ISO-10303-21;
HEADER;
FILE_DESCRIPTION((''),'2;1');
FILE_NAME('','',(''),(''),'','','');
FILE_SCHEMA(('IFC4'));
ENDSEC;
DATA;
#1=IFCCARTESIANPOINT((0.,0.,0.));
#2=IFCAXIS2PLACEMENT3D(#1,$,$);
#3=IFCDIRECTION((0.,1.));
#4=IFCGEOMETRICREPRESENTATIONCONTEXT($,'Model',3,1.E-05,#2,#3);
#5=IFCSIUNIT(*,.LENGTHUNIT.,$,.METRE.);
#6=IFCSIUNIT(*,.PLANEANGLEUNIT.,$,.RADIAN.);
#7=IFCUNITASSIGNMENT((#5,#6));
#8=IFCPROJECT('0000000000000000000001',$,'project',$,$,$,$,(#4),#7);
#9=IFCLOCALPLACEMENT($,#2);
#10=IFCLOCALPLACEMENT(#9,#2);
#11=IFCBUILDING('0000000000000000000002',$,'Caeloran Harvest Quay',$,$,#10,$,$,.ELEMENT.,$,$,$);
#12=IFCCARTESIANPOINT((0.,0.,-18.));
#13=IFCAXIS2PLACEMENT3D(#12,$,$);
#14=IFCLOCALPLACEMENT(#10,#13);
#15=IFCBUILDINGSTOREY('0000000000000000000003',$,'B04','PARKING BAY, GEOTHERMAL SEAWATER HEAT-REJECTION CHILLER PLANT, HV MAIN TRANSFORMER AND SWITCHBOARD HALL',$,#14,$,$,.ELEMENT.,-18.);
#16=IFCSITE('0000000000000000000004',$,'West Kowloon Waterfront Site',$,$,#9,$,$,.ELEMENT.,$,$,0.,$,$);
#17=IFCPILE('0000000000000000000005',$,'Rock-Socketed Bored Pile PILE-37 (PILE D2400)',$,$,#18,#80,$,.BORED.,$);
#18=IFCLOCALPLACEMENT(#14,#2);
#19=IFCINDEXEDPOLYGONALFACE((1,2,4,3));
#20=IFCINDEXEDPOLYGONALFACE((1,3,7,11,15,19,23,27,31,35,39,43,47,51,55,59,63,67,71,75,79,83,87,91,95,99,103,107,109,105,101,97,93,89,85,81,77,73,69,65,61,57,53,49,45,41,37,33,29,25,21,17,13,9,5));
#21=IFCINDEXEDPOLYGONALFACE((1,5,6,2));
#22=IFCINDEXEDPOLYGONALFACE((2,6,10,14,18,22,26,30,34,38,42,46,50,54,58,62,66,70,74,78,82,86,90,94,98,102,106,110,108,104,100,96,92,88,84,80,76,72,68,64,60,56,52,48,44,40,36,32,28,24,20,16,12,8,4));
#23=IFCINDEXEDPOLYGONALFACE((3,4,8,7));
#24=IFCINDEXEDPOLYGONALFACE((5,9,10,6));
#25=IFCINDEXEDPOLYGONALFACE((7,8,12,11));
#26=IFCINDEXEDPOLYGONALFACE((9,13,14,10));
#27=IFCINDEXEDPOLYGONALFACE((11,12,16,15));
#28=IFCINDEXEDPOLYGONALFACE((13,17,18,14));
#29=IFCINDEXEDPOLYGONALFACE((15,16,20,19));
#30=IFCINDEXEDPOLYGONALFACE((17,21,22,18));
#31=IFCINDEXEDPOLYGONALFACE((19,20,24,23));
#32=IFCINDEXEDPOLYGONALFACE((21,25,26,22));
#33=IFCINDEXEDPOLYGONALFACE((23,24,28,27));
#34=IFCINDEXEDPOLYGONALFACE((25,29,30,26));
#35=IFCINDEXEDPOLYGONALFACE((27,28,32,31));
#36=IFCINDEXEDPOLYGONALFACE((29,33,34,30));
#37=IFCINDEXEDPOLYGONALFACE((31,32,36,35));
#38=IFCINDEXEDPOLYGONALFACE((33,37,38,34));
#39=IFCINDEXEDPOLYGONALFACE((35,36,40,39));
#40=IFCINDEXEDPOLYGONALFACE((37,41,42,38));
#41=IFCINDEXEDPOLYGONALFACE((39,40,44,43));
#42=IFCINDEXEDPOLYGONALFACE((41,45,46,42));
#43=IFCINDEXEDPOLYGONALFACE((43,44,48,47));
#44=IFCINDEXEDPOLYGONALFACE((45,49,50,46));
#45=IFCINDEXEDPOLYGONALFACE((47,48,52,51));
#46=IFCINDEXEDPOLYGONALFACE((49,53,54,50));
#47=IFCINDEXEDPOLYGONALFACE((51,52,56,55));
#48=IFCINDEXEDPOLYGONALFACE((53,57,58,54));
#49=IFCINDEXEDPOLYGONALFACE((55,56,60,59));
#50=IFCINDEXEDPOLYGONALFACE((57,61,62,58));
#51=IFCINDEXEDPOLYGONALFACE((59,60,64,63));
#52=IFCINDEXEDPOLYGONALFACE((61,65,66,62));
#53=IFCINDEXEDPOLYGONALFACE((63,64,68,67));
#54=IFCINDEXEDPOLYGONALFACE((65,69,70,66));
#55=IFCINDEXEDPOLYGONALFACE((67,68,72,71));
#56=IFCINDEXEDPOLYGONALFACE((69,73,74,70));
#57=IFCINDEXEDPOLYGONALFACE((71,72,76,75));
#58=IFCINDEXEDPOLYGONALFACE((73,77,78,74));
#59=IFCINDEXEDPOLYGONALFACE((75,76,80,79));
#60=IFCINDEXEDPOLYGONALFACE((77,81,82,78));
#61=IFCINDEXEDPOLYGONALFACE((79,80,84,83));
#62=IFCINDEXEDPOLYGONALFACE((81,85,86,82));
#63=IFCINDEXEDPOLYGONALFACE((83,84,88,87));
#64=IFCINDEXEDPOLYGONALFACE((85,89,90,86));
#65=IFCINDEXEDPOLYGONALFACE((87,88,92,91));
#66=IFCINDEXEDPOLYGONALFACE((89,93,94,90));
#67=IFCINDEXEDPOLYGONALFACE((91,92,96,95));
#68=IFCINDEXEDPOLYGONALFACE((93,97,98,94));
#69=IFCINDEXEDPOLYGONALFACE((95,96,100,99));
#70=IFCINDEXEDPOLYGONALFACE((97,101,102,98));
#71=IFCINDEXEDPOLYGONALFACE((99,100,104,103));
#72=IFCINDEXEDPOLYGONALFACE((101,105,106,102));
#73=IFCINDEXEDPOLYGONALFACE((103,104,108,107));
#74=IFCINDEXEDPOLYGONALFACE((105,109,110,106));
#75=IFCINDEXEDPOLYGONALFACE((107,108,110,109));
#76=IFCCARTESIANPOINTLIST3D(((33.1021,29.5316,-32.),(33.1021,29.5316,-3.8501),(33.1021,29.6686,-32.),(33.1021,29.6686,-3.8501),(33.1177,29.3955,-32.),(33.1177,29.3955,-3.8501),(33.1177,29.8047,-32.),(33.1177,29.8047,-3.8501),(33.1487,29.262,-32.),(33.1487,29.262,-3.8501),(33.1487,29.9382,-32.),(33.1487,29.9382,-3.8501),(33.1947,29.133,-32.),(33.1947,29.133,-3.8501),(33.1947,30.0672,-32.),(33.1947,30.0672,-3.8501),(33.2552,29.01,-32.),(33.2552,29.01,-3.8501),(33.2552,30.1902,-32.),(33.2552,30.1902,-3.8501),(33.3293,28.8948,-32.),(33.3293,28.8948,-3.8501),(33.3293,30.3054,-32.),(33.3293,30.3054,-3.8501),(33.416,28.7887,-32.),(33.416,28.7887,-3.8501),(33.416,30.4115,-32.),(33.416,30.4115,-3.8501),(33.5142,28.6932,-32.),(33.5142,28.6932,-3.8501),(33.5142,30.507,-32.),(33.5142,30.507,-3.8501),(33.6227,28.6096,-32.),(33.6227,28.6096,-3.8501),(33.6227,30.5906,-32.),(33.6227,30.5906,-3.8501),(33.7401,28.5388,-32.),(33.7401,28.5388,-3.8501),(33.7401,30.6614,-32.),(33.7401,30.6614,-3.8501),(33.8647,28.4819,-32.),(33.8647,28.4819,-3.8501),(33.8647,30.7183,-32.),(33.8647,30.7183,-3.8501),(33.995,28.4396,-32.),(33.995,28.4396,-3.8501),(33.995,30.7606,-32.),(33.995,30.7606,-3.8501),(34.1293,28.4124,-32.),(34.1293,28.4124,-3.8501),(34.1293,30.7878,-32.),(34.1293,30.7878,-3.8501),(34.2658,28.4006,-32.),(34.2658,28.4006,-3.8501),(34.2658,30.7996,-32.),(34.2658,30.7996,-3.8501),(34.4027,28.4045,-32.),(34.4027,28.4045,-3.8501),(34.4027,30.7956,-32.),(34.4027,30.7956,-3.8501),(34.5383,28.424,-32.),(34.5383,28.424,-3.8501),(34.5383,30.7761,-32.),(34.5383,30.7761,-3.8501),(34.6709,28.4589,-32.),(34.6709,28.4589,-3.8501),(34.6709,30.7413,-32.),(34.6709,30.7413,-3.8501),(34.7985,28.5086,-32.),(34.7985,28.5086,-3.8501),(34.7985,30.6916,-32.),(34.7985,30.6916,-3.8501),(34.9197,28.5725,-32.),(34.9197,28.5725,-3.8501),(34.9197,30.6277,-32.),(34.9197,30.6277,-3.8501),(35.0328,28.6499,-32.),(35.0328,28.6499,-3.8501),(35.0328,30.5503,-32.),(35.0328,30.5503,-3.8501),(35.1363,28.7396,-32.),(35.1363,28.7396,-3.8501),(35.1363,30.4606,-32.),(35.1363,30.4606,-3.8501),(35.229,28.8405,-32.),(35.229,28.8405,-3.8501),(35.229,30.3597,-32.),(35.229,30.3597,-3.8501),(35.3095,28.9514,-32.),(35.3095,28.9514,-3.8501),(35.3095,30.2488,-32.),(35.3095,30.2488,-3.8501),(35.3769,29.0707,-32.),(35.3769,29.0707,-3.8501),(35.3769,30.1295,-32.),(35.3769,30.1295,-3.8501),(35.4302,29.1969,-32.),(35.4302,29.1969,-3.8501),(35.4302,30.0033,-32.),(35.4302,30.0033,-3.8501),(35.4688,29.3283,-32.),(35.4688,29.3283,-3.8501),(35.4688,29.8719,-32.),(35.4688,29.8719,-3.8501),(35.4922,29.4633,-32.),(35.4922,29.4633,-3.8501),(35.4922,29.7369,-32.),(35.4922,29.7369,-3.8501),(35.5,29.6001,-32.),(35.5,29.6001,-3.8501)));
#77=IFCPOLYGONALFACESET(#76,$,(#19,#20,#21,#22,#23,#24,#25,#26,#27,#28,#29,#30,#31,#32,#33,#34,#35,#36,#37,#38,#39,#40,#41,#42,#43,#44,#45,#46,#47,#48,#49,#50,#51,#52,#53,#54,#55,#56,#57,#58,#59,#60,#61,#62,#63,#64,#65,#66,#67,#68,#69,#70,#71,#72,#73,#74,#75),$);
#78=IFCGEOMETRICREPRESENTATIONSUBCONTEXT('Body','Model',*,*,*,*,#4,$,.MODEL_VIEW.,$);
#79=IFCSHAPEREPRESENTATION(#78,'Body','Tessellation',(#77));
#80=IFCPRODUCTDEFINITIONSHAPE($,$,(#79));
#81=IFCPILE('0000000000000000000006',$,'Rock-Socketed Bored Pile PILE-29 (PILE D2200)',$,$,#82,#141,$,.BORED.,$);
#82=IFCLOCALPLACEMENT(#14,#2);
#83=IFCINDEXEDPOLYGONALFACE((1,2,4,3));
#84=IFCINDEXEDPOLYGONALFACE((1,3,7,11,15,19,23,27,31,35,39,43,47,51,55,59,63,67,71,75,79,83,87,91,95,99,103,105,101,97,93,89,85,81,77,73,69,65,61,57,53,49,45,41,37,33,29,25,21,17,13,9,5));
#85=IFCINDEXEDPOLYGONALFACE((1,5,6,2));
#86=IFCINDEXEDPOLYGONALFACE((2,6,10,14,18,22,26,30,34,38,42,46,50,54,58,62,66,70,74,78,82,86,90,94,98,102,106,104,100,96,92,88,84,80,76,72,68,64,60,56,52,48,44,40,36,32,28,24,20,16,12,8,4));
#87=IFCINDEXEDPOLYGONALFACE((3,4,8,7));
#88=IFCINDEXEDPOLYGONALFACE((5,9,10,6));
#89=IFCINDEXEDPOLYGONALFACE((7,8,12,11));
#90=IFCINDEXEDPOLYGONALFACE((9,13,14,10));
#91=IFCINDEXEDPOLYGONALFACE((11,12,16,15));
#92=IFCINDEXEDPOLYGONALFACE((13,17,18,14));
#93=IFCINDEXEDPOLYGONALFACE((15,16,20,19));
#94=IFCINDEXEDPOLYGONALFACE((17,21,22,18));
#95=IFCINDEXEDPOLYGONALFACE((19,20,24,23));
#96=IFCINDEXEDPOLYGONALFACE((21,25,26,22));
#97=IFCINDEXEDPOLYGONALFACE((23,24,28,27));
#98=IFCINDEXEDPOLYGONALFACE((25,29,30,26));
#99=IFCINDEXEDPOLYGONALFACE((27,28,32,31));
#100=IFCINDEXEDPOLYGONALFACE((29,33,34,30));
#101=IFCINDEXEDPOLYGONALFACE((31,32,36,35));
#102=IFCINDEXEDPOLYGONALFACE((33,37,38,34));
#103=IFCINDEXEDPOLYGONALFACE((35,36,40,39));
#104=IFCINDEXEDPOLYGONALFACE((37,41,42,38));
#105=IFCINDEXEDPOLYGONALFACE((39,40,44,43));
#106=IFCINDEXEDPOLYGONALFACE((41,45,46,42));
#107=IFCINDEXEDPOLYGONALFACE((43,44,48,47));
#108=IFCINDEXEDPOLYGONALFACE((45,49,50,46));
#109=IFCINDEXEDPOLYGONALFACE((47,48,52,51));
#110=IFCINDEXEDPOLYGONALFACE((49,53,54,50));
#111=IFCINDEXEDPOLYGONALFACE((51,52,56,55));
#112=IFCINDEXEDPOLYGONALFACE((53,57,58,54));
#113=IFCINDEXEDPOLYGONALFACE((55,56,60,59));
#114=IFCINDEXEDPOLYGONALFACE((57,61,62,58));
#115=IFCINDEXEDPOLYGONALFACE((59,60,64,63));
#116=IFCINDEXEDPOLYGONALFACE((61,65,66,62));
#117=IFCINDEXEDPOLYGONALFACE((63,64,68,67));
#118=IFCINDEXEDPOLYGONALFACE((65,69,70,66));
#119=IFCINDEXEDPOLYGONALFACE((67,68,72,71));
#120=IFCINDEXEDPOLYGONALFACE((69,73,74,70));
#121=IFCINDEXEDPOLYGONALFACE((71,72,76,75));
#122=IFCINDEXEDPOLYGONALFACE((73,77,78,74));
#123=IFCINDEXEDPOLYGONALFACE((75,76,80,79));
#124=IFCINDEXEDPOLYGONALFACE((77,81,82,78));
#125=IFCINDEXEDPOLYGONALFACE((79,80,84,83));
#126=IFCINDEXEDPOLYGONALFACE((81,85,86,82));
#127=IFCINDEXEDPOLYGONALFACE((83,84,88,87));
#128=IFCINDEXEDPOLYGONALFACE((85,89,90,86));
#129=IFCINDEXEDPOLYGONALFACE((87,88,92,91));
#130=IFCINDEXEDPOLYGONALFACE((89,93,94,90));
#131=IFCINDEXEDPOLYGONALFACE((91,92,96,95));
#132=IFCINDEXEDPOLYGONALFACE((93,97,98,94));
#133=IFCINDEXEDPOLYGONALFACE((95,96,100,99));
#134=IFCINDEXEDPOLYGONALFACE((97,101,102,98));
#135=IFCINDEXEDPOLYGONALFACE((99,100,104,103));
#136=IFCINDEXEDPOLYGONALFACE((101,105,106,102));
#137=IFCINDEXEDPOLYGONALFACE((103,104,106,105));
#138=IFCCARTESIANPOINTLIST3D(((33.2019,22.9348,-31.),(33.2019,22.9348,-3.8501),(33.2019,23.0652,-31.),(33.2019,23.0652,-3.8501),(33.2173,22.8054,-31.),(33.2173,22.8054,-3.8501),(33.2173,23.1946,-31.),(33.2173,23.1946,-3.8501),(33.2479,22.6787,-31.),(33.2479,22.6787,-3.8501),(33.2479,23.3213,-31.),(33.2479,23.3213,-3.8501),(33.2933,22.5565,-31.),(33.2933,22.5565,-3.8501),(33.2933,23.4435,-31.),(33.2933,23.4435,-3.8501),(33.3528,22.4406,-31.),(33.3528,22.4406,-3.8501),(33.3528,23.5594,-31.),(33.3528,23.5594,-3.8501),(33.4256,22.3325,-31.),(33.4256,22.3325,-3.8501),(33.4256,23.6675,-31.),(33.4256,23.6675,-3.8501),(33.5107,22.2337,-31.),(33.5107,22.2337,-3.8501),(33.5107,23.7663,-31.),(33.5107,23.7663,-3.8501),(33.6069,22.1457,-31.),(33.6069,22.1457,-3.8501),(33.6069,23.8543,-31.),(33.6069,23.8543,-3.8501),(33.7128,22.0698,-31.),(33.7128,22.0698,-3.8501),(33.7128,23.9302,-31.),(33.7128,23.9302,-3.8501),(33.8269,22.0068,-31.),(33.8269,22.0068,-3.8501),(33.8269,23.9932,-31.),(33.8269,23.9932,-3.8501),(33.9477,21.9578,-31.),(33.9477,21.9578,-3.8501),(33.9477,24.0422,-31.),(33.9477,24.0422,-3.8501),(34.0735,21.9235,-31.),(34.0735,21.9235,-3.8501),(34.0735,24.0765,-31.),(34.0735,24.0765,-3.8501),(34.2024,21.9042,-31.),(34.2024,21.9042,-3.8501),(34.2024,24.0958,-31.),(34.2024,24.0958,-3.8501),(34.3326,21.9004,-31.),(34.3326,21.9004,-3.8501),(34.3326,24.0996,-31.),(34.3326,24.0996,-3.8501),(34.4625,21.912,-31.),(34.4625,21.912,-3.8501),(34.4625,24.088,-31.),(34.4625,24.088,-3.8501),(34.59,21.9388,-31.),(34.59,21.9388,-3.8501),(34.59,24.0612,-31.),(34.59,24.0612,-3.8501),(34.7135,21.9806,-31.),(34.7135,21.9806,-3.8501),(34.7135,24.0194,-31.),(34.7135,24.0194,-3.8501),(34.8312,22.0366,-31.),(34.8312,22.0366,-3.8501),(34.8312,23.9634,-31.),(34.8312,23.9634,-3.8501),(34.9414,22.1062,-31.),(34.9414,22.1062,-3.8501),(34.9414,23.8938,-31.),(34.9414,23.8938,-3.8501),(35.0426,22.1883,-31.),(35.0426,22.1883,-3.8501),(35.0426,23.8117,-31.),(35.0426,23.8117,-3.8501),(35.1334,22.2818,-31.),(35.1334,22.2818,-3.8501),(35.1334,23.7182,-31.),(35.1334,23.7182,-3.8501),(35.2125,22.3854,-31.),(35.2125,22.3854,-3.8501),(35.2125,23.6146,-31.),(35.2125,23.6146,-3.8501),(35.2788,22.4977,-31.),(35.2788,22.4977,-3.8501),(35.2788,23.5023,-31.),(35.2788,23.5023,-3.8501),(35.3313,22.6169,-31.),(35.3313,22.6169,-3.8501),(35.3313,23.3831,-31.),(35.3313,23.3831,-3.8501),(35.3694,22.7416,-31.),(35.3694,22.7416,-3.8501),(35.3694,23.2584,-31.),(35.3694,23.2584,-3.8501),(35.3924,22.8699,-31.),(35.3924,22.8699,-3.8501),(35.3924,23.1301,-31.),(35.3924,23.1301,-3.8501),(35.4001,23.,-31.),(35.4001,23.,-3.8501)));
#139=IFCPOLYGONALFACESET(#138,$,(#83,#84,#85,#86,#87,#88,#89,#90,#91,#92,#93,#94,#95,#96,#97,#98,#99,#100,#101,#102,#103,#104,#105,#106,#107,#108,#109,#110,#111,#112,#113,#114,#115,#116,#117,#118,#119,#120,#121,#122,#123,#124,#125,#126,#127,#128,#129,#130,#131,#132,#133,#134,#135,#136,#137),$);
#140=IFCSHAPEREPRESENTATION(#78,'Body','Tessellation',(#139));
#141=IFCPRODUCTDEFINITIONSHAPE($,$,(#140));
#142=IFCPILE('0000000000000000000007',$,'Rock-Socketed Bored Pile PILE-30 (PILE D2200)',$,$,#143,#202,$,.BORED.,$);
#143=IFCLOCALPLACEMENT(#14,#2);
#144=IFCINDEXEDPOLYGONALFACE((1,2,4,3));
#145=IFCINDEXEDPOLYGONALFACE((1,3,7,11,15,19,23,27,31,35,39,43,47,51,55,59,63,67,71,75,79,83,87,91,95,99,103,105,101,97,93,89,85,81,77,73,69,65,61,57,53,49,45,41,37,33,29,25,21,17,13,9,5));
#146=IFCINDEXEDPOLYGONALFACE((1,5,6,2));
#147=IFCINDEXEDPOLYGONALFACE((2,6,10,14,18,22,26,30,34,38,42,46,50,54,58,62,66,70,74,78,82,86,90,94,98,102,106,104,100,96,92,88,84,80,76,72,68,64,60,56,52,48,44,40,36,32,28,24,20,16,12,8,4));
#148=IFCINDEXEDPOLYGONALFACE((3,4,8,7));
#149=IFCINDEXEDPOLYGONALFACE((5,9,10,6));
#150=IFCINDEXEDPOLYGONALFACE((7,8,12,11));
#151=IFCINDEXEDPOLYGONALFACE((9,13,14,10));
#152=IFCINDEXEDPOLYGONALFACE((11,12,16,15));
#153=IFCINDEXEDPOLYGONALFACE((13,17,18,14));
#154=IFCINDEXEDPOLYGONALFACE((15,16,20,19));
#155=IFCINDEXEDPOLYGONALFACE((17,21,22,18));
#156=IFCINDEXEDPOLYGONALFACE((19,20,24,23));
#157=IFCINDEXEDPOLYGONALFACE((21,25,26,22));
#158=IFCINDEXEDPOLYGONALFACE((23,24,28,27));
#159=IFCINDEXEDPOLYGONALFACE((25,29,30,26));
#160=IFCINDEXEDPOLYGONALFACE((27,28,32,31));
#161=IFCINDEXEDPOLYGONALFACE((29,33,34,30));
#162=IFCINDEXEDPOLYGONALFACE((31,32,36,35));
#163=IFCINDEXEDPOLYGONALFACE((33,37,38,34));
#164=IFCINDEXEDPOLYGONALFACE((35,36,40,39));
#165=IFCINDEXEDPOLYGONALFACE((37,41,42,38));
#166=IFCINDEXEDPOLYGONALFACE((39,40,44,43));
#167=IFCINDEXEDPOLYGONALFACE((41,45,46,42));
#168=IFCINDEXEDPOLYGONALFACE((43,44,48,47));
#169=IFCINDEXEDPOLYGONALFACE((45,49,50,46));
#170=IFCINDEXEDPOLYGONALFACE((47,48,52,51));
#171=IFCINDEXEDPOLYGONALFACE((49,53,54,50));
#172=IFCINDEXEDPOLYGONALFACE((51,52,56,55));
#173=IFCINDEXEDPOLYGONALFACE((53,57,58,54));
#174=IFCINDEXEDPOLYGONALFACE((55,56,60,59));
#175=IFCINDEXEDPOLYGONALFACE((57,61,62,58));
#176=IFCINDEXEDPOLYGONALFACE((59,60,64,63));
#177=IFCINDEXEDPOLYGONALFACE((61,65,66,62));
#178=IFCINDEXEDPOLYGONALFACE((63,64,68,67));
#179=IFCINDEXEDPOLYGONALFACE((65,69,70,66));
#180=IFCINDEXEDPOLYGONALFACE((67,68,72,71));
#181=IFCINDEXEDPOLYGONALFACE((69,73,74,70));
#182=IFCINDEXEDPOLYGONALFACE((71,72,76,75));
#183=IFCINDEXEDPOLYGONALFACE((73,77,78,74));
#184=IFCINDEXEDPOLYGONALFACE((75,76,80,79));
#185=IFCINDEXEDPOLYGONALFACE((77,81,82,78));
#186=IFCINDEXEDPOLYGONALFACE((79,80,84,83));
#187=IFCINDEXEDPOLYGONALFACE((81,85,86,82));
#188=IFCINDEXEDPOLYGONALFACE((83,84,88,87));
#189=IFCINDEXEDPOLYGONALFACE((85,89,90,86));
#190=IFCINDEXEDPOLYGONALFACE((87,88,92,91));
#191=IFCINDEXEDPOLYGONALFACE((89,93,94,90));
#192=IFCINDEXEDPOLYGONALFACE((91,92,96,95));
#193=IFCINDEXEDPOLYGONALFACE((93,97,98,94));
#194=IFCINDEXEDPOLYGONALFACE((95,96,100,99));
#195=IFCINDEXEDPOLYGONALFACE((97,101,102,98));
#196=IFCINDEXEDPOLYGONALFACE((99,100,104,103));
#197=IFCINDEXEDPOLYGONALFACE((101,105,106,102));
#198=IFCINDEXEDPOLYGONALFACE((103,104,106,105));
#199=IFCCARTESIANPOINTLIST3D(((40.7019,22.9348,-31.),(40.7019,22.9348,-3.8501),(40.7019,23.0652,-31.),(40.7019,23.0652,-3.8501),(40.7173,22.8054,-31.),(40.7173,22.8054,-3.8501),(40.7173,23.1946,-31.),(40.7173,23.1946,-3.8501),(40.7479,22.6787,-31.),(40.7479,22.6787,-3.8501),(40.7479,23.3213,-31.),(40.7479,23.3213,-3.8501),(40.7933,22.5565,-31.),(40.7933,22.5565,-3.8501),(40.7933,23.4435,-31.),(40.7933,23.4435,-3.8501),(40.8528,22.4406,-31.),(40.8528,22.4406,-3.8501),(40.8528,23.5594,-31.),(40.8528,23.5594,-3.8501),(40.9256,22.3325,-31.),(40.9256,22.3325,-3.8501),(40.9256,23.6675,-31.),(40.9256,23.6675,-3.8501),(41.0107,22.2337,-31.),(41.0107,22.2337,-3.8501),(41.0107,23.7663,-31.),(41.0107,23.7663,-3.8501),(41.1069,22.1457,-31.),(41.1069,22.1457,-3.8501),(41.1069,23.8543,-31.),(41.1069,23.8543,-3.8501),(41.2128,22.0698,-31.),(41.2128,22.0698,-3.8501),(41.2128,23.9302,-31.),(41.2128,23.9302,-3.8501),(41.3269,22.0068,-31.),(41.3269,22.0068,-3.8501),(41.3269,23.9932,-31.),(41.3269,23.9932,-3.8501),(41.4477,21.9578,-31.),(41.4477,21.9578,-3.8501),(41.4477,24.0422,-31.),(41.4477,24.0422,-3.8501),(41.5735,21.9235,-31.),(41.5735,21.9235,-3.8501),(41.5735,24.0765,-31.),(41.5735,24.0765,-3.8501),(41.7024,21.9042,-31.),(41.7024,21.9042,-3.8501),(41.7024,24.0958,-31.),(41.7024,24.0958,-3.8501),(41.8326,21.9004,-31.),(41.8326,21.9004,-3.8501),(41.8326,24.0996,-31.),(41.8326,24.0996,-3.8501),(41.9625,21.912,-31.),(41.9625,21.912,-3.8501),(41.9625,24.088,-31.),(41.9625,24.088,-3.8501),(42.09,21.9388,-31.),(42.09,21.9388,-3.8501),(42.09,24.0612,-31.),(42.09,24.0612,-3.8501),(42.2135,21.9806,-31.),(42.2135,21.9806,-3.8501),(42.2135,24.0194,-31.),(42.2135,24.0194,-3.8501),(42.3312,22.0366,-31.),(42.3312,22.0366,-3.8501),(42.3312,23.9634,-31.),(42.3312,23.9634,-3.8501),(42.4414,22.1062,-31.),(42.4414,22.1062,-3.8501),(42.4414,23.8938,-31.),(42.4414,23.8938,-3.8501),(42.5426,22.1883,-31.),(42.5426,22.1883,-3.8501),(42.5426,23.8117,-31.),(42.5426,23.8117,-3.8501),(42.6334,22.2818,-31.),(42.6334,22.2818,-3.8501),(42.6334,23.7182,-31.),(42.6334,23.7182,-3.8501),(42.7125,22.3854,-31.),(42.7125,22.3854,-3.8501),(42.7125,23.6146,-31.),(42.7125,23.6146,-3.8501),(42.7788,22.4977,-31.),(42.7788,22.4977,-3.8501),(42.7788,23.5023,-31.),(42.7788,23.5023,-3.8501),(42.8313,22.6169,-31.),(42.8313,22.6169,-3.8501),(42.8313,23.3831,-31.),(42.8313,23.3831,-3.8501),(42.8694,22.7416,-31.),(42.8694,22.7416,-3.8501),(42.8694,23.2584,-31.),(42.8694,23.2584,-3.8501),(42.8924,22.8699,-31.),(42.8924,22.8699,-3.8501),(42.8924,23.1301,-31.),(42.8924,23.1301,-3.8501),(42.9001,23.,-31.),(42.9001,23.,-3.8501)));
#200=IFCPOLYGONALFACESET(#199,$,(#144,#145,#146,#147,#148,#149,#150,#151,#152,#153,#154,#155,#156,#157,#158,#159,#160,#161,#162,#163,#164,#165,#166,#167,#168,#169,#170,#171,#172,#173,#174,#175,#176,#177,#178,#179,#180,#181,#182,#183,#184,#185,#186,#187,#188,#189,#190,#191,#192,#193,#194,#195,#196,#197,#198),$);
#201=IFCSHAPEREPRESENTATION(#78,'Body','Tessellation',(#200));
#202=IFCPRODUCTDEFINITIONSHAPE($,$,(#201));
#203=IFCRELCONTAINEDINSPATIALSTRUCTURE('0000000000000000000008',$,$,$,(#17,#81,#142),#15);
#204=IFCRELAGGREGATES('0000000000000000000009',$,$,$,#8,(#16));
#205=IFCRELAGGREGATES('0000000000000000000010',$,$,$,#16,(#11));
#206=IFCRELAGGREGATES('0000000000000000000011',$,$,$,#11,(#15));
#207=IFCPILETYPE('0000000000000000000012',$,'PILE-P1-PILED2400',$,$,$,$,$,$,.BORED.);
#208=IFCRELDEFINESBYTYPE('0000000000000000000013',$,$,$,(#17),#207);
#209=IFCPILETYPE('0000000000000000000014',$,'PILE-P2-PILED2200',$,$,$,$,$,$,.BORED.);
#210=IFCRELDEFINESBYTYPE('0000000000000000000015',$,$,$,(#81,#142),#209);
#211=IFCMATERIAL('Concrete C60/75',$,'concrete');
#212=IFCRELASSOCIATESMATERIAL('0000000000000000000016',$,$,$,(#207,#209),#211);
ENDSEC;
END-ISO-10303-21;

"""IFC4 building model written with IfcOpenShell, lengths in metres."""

from ifc_helpers import new_model, si_unit, direction, frame, origin, origin_2d, place, context, subcontext, project, spatial, circle, extrude, material, material_profile, profile_set, type_object, element, save


model = new_model("IFC4")

# Units and contexts
model_context = context("Model", 3, precision=1e-05, world=origin(), true_north=direction((0.0, 1.0)))
body_context = subcontext(model_context, "Body", "Model", "MODEL_VIEW")
ifc_project = project(units=[si_unit("LENGTHUNIT", "METRE"), si_unit("PLANEANGLEUNIT", "RADIAN")], contexts=[model_context])

# Site, building, storey
site_placement = place(None, origin())
site = spatial("IfcSite", under=ifc_project, at=site_placement, Name="West Kowloon Waterfront Site", CompositionType="ELEMENT", RefElevation=0.0)
building_placement = place(site_placement, origin())
building = spatial("IfcBuilding", under=site, at=building_placement, Name="Caeloran Harvest Quay", CompositionType="ELEMENT")
storey_placement = place(building_placement, frame((0.0, 0.0, -18.0)))
storey = spatial("IfcBuildingStorey", under=building, at=storey_placement, Name="B04", Description="PARKING BAY, GEOTHERMAL SEAWATER HEAT-REJECTION CHILLER PLANT, HV MAIN TRANSFORMER AND SWITCHBOARD HALL", CompositionType="ELEMENT", Elevation=-18.0)

# Piles
ifc_material_1 = material(Name="Concrete C60/75", Category="concrete")
ifc_material_profile_1 = material_profile(ifc_material_1, circle(Radius=1.2, at=origin_2d()), Name="PILE D2400")
ifc_profile_set_1 = profile_set([ifc_material_profile_1], Name="Concrete C60/75")
pile_type_1 = type_object("IfcPileType", Name="PILE-P1-PILED2400", PredefinedType="BORED", material=ifc_profile_set_1)
pile_placement = place(storey_placement, frame((34.3, 29.6001, -3.8501), z_axis=(0.0, 0.0, -1.0), x_axis=(1.0, 0.0, 0.0)))
element("IfcPile", 1, at=pile_placement, inside=storey, type_object=pile_type_1, Name="Rock-Socketed Bored Pile PILE-37 (PILE D2400)", PredefinedType="BORED", context=body_context, shape_type="SweptSolid", body=[
    extrude(circle(Radius=1.2, at=origin_2d()), origin(), (0.0, 0.0, 1.0), 28.1499),
])
ifc_material_profile_2 = material_profile(ifc_material_1, circle(Radius=1.1001, at=origin_2d()), Name="PILE D2200")
ifc_profile_set_2 = profile_set([ifc_material_profile_2], Name="Concrete C60/75")
pile_type_2 = type_object("IfcPileType", Name="PILE-P2-PILED2200", PredefinedType="BORED", material=ifc_profile_set_2)
for number, where, z_axis, x_axis, name in (
    (2, (34.3, 23.0, -3.8501), (0.0, 0.0, -1.0), (1.0, 0.0, 0.0), "Rock-Socketed Bored Pile PILE-29 (PILE D2200)"),
    (3, (41.8, 23.0, -3.8501), (0.0, 0.0, -1.0), (1.0, 0.0, 0.0), "Rock-Socketed Bored Pile PILE-30 (PILE D2200)"),
):
    element("IfcPile", number, at=place(storey_placement, frame(where, z_axis=z_axis, x_axis=x_axis)), inside=storey, type_object=pile_type_2, Name=name, PredefinedType="BORED", context=body_context, shape_type="SweptSolid", body=[
        extrude(circle(Radius=1.1001, at=origin_2d()), origin(), (0.0, 0.0, 1.0), 27.1499),
    ])

save(model, "model.ifc")
